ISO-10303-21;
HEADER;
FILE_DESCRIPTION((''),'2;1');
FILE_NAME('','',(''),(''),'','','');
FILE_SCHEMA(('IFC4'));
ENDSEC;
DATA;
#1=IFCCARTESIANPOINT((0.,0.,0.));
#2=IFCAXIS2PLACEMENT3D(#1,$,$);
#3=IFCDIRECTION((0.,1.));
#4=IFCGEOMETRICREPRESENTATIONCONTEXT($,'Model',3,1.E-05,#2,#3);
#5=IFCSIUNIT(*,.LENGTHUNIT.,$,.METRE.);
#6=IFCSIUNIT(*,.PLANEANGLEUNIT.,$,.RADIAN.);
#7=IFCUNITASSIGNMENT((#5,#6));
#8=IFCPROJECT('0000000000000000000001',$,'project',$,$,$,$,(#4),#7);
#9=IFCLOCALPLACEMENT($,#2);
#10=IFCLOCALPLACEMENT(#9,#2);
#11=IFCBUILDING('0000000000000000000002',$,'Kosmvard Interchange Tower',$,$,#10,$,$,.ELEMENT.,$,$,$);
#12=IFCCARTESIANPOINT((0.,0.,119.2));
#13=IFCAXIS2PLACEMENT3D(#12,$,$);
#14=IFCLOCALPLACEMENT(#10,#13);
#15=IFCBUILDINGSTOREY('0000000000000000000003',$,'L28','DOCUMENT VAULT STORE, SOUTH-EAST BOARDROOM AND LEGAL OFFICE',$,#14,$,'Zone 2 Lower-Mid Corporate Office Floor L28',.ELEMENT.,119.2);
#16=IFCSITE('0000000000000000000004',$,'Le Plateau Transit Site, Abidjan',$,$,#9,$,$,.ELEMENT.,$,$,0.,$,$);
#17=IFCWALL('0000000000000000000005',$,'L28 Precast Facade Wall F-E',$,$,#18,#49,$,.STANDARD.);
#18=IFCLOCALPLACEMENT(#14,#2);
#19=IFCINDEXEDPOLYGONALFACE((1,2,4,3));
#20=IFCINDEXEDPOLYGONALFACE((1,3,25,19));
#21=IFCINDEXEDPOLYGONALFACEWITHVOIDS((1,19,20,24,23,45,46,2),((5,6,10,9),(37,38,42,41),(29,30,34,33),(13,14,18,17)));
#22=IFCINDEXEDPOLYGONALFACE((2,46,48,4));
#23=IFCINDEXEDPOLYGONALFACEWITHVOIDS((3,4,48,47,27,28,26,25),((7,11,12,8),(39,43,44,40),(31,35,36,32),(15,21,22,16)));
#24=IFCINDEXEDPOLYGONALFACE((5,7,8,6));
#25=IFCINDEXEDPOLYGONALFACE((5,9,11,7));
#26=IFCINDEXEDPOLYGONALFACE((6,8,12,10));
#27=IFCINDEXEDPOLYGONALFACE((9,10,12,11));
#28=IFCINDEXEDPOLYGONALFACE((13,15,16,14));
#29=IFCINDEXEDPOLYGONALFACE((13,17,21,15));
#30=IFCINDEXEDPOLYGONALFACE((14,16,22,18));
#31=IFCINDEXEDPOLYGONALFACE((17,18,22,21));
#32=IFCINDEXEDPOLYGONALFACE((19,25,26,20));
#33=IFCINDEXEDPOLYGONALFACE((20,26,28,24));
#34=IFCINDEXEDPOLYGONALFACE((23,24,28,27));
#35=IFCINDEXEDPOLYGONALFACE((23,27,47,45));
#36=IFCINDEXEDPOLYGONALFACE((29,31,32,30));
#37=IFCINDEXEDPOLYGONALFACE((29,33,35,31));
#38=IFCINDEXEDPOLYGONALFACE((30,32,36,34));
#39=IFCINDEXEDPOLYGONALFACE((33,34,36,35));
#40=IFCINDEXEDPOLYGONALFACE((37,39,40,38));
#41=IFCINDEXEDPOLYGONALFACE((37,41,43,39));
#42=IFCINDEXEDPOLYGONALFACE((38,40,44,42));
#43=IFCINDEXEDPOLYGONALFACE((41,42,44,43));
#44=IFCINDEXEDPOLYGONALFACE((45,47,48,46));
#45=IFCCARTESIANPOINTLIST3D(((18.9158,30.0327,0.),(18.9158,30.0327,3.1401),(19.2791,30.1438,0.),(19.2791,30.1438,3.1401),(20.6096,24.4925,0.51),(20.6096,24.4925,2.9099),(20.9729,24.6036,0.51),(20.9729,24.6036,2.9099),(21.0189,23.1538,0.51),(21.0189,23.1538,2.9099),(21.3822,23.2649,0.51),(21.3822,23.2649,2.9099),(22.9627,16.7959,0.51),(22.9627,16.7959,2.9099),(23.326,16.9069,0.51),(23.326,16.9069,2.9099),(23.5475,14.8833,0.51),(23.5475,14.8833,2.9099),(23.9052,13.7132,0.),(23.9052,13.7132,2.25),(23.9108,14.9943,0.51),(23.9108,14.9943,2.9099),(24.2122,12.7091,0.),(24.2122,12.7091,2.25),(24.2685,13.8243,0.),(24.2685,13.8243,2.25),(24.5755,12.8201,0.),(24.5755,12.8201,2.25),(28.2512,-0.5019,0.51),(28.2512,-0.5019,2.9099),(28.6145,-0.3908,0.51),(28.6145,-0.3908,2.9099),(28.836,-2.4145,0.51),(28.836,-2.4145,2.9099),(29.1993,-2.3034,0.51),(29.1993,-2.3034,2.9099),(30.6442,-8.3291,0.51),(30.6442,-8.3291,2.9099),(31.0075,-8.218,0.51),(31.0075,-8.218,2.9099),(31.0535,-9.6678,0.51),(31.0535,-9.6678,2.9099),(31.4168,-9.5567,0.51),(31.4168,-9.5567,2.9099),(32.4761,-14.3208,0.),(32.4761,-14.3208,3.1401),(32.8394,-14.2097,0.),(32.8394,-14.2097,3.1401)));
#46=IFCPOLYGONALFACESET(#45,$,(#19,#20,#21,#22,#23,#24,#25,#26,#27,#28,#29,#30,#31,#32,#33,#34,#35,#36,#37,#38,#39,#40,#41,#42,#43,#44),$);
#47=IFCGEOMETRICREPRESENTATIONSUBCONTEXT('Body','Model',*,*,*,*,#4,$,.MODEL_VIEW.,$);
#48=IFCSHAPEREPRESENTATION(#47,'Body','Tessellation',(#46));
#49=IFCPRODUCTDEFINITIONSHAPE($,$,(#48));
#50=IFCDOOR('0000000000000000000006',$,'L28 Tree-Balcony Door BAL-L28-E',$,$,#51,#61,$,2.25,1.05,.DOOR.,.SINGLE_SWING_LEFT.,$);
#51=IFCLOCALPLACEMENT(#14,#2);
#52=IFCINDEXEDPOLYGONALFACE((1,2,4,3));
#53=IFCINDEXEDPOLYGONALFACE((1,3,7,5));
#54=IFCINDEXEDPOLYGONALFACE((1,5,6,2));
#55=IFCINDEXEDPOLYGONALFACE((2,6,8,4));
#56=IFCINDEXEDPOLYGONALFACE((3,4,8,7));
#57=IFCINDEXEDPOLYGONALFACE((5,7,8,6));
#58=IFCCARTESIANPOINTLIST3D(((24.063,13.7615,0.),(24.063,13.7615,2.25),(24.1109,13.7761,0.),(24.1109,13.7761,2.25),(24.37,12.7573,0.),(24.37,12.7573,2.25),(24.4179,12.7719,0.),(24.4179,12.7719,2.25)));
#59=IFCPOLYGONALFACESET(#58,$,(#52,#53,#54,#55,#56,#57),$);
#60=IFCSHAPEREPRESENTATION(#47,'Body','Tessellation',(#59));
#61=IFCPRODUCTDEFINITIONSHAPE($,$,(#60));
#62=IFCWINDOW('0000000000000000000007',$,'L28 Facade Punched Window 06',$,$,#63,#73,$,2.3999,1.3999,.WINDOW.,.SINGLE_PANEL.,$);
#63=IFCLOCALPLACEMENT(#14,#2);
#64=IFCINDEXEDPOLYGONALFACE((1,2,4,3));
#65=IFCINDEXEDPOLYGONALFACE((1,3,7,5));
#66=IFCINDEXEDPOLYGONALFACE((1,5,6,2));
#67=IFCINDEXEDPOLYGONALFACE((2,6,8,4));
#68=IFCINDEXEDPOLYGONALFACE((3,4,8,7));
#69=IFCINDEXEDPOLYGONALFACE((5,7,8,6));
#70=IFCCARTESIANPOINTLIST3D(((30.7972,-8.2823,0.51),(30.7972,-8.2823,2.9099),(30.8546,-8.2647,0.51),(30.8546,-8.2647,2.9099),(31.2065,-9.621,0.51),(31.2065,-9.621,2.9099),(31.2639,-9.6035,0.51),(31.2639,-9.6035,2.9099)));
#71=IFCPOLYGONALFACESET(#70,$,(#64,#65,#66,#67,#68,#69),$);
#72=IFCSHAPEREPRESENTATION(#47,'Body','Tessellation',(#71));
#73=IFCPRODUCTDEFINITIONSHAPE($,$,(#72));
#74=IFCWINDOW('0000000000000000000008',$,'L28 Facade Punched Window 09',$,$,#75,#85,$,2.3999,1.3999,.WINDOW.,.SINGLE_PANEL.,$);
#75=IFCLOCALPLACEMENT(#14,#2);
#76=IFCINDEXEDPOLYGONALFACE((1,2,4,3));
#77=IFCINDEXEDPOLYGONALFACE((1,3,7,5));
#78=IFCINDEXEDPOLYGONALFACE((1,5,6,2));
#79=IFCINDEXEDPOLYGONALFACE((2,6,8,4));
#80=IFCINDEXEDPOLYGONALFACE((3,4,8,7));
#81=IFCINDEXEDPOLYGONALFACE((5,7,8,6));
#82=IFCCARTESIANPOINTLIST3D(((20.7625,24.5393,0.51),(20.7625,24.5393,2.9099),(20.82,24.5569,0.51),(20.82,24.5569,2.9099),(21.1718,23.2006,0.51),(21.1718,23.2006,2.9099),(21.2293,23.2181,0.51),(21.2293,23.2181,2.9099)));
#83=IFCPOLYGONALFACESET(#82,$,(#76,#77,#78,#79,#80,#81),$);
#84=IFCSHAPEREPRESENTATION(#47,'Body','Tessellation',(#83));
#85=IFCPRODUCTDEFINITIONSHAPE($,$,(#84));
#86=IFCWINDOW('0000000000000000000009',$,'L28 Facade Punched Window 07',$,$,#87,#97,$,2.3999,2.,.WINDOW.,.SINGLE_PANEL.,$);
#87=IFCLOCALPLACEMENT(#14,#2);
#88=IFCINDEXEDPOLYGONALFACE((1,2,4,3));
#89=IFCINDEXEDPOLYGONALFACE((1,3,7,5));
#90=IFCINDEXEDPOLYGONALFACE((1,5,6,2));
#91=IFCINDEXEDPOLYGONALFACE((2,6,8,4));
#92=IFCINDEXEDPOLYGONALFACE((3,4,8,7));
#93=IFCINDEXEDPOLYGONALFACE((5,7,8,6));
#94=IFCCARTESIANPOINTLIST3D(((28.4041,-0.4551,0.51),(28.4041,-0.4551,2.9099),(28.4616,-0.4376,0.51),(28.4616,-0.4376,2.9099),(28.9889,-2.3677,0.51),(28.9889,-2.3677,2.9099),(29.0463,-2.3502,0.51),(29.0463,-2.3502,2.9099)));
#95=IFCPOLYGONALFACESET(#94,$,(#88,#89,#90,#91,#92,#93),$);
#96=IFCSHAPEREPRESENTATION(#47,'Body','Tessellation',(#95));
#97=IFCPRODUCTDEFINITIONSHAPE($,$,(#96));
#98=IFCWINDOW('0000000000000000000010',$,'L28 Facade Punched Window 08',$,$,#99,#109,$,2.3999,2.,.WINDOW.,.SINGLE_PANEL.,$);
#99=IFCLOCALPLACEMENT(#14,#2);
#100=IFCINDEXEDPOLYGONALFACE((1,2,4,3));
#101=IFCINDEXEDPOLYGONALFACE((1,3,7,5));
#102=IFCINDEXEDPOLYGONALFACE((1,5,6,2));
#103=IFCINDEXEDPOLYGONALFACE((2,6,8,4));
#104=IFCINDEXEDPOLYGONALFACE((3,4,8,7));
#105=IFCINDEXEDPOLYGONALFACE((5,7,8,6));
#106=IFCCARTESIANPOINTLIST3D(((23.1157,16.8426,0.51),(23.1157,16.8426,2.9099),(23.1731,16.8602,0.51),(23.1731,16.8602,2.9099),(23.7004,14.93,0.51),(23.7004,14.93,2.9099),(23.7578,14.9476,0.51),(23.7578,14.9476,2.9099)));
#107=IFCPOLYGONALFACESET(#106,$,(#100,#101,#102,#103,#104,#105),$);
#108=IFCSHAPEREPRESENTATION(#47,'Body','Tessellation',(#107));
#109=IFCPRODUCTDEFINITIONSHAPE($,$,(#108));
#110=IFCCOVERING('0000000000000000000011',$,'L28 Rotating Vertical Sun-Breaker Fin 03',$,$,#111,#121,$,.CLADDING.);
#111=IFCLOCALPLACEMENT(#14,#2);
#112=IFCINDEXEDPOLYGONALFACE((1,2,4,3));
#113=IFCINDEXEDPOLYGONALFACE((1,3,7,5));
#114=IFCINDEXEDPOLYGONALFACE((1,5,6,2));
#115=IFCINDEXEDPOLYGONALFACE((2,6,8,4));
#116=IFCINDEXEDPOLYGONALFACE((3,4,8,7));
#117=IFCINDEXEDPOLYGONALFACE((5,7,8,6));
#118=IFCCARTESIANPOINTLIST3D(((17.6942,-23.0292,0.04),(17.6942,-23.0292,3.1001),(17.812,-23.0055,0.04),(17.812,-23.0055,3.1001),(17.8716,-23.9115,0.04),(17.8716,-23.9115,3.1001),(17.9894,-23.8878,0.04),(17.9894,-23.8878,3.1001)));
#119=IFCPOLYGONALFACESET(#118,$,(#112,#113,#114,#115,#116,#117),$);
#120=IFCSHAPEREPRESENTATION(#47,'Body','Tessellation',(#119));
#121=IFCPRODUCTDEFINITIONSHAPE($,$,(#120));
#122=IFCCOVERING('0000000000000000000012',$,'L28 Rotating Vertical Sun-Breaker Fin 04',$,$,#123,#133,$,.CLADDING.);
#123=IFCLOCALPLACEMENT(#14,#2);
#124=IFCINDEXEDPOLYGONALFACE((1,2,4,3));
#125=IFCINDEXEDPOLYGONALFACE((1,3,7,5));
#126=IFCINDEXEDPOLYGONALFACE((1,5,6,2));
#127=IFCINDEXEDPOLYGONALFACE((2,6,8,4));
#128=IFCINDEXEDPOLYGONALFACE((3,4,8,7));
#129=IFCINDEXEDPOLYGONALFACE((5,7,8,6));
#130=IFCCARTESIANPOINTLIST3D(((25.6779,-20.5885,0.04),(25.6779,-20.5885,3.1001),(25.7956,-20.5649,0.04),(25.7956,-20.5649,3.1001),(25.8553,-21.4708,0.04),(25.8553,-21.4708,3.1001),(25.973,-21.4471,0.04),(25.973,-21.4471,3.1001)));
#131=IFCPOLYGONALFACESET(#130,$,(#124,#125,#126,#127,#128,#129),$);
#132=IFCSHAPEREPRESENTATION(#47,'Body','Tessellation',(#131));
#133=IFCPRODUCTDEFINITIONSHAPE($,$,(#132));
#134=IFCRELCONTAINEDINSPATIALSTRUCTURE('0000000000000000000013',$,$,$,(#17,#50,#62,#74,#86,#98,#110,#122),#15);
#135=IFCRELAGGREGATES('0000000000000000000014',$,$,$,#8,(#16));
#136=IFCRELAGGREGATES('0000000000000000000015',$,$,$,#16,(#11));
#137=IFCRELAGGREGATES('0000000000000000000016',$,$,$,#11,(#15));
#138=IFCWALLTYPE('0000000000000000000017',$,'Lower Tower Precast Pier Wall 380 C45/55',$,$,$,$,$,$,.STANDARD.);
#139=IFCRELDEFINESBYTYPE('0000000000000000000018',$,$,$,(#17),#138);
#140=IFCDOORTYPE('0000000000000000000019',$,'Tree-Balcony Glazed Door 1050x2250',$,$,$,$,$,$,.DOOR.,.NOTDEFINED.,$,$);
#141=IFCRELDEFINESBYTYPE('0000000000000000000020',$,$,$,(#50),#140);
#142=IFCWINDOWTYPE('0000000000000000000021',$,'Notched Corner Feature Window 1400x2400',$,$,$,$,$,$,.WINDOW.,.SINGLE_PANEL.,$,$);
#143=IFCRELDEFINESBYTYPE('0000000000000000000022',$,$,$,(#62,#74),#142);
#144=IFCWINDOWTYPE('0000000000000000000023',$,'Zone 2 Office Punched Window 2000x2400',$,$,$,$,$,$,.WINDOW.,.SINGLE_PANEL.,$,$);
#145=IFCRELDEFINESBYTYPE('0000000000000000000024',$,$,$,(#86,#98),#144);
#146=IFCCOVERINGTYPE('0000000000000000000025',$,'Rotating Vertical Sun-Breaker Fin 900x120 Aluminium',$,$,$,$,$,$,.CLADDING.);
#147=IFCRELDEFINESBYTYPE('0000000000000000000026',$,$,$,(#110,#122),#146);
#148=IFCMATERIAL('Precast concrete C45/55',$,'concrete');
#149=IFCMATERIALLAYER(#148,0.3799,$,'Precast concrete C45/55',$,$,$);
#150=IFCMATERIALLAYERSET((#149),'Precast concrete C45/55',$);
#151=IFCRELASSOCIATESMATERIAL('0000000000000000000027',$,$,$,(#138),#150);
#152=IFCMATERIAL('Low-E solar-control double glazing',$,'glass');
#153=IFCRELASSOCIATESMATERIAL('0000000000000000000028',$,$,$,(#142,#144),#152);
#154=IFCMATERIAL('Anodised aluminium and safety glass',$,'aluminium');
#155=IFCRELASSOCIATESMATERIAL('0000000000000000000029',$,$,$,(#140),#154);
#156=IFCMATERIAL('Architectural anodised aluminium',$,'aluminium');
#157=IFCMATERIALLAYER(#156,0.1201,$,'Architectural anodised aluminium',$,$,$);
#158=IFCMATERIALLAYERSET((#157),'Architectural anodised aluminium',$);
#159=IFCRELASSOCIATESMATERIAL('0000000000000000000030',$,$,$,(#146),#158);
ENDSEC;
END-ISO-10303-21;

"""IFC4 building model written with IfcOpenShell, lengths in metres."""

from ifc_helpers import new_model, si_unit, direction, frame, frame_2d, origin, origin_2d, place, context, subcontext, project, spatial, rectangle, extrude, source, transform, mapped, material, layer, layer_set, type_object, element, fill, save


model = new_model("IFC4")

# Units and contexts
model_context = context("Model", 3, precision=1e-05, world=origin(), true_north=direction((0.0, 1.0)))
body_context = subcontext(model_context, "Body", "Model", "MODEL_VIEW")
ifc_project = project(units=[si_unit("LENGTHUNIT", "METRE"), si_unit("PLANEANGLEUNIT", "RADIAN")], contexts=[model_context])

# Site, building, storey
site_placement = place(None, origin())
site = spatial("IfcSite", under=ifc_project, at=site_placement, Name="Le Plateau Transit Site, Abidjan", CompositionType="ELEMENT", RefElevation=0.0)
building_placement = place(site_placement, origin())
building = spatial("IfcBuilding", under=site, at=building_placement, Name="Kosmvard Interchange Tower", CompositionType="ELEMENT")
storey_placement = place(building_placement, frame((0.0, 0.0, 119.2)))
storey = spatial("IfcBuildingStorey", under=building, at=storey_placement, Name="L28", Description="DOCUMENT VAULT STORE, SOUTH-EAST BOARDROOM AND LEGAL OFFICE", LongName="Zone 2 Lower-Mid Corporate Office Floor L28", CompositionType="ELEMENT", Elevation=119.2)

# Shared definitions
ifc_material_1 = material(Name="Precast concrete C45/55", Category="concrete")

# Shared definitions
ifc_layer_1 = layer(ifc_material_1, 0.3799, Name="Precast concrete C45/55")
ifc_layer_set_1 = layer_set([ifc_layer_1], Name="Precast concrete C45/55")
wall_type = type_object("IfcWallType", Name="Lower Tower Precast Pier Wall 380 C45/55", PredefinedType="STANDARD", material=ifc_layer_set_1)

# Shared definitions
ifc_material_2 = material(Name="Low-E solar-control double glazing", Category="glass")
window_type_1 = type_object("IfcWindowType", Name="Notched Corner Feature Window 1400x2400", PartitioningType="SINGLE_PANEL", PredefinedType="WINDOW", material=ifc_material_2)
shared_shape_1 = source(origin(), body_context, "Body", "SweptSolid", [
    extrude(rectangle(XDim=1.3999, YDim=2.3999, at=frame_2d((0.7, 1.2))), frame((0.0, 0.03, 0.0), z_axis=(0.0, -1.0, 0.0), x_axis=(1.0, 0.0, 0.0)), (0.0, 0.0, 1.0), 0.0601),
])

# Wall, openings, door, windows
wall_1_placement = place(storey_placement, frame((32.6577, -14.2651, 0.0), z_axis=(0.0, 0.0, 1.0), x_axis=(-0.292373, 0.956304, 0.0)))
wall_1 = element("IfcWall", 1, at=wall_1_placement, inside=storey, type_object=wall_type, Name="L28 Precast Facade Wall F-E", PredefinedType="STANDARD", context=body_context, shape_type="SweptSolid", body=[
    extrude(rectangle(XDim=46.3801, YDim=0.3799, at=frame_2d((23.1899, 0.0))), origin(), (0.0, 0.0, 1.0), 3.1401),
])
opening_1_placement = place(wall_1_placement, frame((28.2649, 0.0, 0.0)))
opening_1 = element("IfcOpeningElement", 2, at=opening_1_placement, cuts=wall_1, PredefinedType="OPENING", context=body_context, shape_type="SweptSolid", body=[
    extrude(rectangle(XDim=1.05, YDim=2.25, at=frame_2d((0.5249, 1.125))), frame((0.0, 0.2, 0.0), z_axis=(0.0, -1.0, 0.0), x_axis=(1.0, 0.0, 0.0)), (0.0, 0.0, 1.0), 0.3999),
])
opening_2_placement = place(wall_1_placement, frame((4.8655, 0.0, 0.51)))
opening_2 = element("IfcOpeningElement", 3, at=opening_2_placement, cuts=wall_1, PredefinedType="OPENING", context=body_context, shape_type="SweptSolid", body=[
    extrude(rectangle(XDim=1.3999, YDim=2.3999, at=frame_2d((0.7, 1.2))), frame((0.0, 0.2, 0.0), z_axis=(0.0, -1.0, 0.0), x_axis=(1.0, 0.0, 0.0)), (0.0, 0.0, 1.0), 0.3999),
])
opening_3_placement = place(wall_1_placement, frame((12.4502, 0.0, 0.51)))
opening_3 = element("IfcOpeningElement", 4, at=opening_3_placement, cuts=wall_1, PredefinedType="OPENING", context=body_context, shape_type="SweptSolid", body=[
    extrude(rectangle(XDim=2.0, YDim=2.3999, at=frame_2d((1.0, 1.2))), frame((0.0, 0.2, 0.0), z_axis=(0.0, -1.0, 0.0), x_axis=(1.0, 0.0, 0.0)), (0.0, 0.0, 1.0), 0.3999),
])
opening_4_placement = place(wall_1_placement, frame((30.5383, 0.0, 0.51)))
opening_4 = element("IfcOpeningElement", 5, at=opening_4_placement, cuts=wall_1, PredefinedType="OPENING", context=body_context, shape_type="SweptSolid", body=[
    extrude(rectangle(XDim=2.0, YDim=2.3999, at=frame_2d((1.0, 1.2))), frame((0.0, 0.2, 0.0), z_axis=(0.0, -1.0, 0.0), x_axis=(1.0, 0.0, 0.0)), (0.0, 0.0, 1.0), 0.3999),
])
opening_5_placement = place(wall_1_placement, frame((39.1868, 0.0, 0.51)))
opening_5 = element("IfcOpeningElement", 6, at=opening_5_placement, cuts=wall_1, PredefinedType="OPENING", context=body_context, shape_type="SweptSolid", body=[
    extrude(rectangle(XDim=1.3999, YDim=2.3999, at=frame_2d((0.7, 1.2))), frame((0.0, 0.2, 0.0), z_axis=(0.0, -1.0, 0.0), x_axis=(1.0, 0.0, 0.0)), (0.0, 0.0, 1.0), 0.3999),
])
ifc_material_3 = material(Name="Anodised aluminium and safety glass", Category="aluminium")
door_type = type_object("IfcDoorType", Name="Tree-Balcony Glazed Door 1050x2250", OperationType="NOTDEFINED", PredefinedType="DOOR", material=ifc_material_3)
shared_shape_2 = source(origin(), body_context, "Body", "SweptSolid", [
    extrude(rectangle(XDim=1.05, YDim=2.25, at=frame_2d((0.5249, 1.125))), frame((0.0, 0.0249, 0.0), z_axis=(0.0, -1.0, 0.0), x_axis=(1.0, 0.0, 0.0)), (0.0, 0.0, 1.0), 0.05),
])
door_placement = place(opening_1_placement, origin())
door = element("IfcDoor", 7, at=door_placement, inside=storey, type_object=door_type, Name="L28 Tree-Balcony Door BAL-L28-E", OperationType="SINGLE_SWING_LEFT", OverallHeight=2.25, OverallWidth=1.05, PredefinedType="DOOR", context=body_context, shape_type="MappedRepresentation", body=[
    mapped(shared_shape_2, transform((0.0, 0.0, 0.0), scale=1.0)),
])
fill(opening_1, door)
window_1_placement = place(opening_2_placement, origin())
window_1 = element("IfcWindow", 8, at=window_1_placement, inside=storey, type_object=window_type_1, Name="L28 Facade Punched Window 06", OverallHeight=2.3999, OverallWidth=1.3999, PartitioningType="SINGLE_PANEL", PredefinedType="WINDOW", context=body_context, shape_type="MappedRepresentation", body=[
    mapped(shared_shape_1, transform((0.0, 0.0, 0.0), scale=1.0)),
])
fill(opening_2, window_1)
window_2_placement = place(opening_5_placement, origin())
window_2 = element("IfcWindow", 9, at=window_2_placement, inside=storey, type_object=window_type_1, Name="L28 Facade Punched Window 09", OverallHeight=2.3999, OverallWidth=1.3999, PartitioningType="SINGLE_PANEL", PredefinedType="WINDOW", context=body_context, shape_type="MappedRepresentation", body=[
    mapped(shared_shape_1, transform((0.0, 0.0, 0.0), scale=1.0)),
])
fill(opening_5, window_2)
window_type_2 = type_object("IfcWindowType", Name="Zone 2 Office Punched Window 2000x2400", PartitioningType="SINGLE_PANEL", PredefinedType="WINDOW", material=ifc_material_2)
shared_shape_3 = source(origin(), body_context, "Body", "SweptSolid", [
    extrude(rectangle(XDim=2.0, YDim=2.3999, at=frame_2d((1.0, 1.2))), frame((0.0, 0.03, 0.0), z_axis=(0.0, -1.0, 0.0), x_axis=(1.0, 0.0, 0.0)), (0.0, 0.0, 1.0), 0.0601),
])
window_3_placement = place(opening_3_placement, origin())
window_3 = element("IfcWindow", 10, at=window_3_placement, inside=storey, type_object=window_type_2, Name="L28 Facade Punched Window 07", OverallHeight=2.3999, OverallWidth=2.0, PartitioningType="SINGLE_PANEL", PredefinedType="WINDOW", context=body_context, shape_type="MappedRepresentation", body=[
    mapped(shared_shape_3, transform((0.0, 0.0, 0.0), scale=1.0)),
])
fill(opening_3, window_3)
window_4_placement = place(opening_4_placement, origin())
window_4 = element("IfcWindow", 11, at=window_4_placement, inside=storey, type_object=window_type_2, Name="L28 Facade Punched Window 08", OverallHeight=2.3999, OverallWidth=2.0, PartitioningType="SINGLE_PANEL", PredefinedType="WINDOW", context=body_context, shape_type="MappedRepresentation", body=[
    mapped(shared_shape_3, transform((0.0, 0.0, 0.0), scale=1.0)),
])
fill(opening_4, window_4)

# Coverings
ifc_material_4 = material(Name="Architectural anodised aluminium", Category="aluminium")
ifc_layer_2 = layer(ifc_material_4, 0.1201, Name="Architectural anodised aluminium")
ifc_layer_set_2 = layer_set([ifc_layer_2], Name="Architectural anodised aluminium")
covering_type = type_object("IfcCoveringType", Name="Rotating Vertical Sun-Breaker Fin 900x120 Aluminium", PredefinedType="CLADDING", material=ifc_layer_set_2)
shared_shape_4 = source(origin(), body_context, "Body", "SweptSolid", [
    extrude(rectangle(XDim=0.8999, YDim=0.1201, at=origin_2d()), origin(), (0.0, 0.0, 1.0), 3.0601),
])
for number, where, z_axis, x_axis, name in (
    (12, (17.8418, -23.4585, 0.04), (0.0, 0.0, 1.0), (0.197144, -0.980375, 0.0), "L28 Rotating Vertical Sun-Breaker Fin 03"),
    (13, (25.8254, -21.0178, 0.04), (0.0, 0.0, 1.0), (0.197144, -0.980375, 0.0), "L28 Rotating Vertical Sun-Breaker Fin 04"),
):
    element("IfcCovering", number, at=place(storey_placement, frame(where, z_axis=z_axis, x_axis=x_axis)), inside=storey, type_object=covering_type, Name=name, PredefinedType="CLADDING", context=body_context, shape_type="MappedRepresentation", body=[
        mapped(shared_shape_4, transform((0.0, 0.0, 0.0), scale=1.0)),
    ])

save(model, "model.ifc")
